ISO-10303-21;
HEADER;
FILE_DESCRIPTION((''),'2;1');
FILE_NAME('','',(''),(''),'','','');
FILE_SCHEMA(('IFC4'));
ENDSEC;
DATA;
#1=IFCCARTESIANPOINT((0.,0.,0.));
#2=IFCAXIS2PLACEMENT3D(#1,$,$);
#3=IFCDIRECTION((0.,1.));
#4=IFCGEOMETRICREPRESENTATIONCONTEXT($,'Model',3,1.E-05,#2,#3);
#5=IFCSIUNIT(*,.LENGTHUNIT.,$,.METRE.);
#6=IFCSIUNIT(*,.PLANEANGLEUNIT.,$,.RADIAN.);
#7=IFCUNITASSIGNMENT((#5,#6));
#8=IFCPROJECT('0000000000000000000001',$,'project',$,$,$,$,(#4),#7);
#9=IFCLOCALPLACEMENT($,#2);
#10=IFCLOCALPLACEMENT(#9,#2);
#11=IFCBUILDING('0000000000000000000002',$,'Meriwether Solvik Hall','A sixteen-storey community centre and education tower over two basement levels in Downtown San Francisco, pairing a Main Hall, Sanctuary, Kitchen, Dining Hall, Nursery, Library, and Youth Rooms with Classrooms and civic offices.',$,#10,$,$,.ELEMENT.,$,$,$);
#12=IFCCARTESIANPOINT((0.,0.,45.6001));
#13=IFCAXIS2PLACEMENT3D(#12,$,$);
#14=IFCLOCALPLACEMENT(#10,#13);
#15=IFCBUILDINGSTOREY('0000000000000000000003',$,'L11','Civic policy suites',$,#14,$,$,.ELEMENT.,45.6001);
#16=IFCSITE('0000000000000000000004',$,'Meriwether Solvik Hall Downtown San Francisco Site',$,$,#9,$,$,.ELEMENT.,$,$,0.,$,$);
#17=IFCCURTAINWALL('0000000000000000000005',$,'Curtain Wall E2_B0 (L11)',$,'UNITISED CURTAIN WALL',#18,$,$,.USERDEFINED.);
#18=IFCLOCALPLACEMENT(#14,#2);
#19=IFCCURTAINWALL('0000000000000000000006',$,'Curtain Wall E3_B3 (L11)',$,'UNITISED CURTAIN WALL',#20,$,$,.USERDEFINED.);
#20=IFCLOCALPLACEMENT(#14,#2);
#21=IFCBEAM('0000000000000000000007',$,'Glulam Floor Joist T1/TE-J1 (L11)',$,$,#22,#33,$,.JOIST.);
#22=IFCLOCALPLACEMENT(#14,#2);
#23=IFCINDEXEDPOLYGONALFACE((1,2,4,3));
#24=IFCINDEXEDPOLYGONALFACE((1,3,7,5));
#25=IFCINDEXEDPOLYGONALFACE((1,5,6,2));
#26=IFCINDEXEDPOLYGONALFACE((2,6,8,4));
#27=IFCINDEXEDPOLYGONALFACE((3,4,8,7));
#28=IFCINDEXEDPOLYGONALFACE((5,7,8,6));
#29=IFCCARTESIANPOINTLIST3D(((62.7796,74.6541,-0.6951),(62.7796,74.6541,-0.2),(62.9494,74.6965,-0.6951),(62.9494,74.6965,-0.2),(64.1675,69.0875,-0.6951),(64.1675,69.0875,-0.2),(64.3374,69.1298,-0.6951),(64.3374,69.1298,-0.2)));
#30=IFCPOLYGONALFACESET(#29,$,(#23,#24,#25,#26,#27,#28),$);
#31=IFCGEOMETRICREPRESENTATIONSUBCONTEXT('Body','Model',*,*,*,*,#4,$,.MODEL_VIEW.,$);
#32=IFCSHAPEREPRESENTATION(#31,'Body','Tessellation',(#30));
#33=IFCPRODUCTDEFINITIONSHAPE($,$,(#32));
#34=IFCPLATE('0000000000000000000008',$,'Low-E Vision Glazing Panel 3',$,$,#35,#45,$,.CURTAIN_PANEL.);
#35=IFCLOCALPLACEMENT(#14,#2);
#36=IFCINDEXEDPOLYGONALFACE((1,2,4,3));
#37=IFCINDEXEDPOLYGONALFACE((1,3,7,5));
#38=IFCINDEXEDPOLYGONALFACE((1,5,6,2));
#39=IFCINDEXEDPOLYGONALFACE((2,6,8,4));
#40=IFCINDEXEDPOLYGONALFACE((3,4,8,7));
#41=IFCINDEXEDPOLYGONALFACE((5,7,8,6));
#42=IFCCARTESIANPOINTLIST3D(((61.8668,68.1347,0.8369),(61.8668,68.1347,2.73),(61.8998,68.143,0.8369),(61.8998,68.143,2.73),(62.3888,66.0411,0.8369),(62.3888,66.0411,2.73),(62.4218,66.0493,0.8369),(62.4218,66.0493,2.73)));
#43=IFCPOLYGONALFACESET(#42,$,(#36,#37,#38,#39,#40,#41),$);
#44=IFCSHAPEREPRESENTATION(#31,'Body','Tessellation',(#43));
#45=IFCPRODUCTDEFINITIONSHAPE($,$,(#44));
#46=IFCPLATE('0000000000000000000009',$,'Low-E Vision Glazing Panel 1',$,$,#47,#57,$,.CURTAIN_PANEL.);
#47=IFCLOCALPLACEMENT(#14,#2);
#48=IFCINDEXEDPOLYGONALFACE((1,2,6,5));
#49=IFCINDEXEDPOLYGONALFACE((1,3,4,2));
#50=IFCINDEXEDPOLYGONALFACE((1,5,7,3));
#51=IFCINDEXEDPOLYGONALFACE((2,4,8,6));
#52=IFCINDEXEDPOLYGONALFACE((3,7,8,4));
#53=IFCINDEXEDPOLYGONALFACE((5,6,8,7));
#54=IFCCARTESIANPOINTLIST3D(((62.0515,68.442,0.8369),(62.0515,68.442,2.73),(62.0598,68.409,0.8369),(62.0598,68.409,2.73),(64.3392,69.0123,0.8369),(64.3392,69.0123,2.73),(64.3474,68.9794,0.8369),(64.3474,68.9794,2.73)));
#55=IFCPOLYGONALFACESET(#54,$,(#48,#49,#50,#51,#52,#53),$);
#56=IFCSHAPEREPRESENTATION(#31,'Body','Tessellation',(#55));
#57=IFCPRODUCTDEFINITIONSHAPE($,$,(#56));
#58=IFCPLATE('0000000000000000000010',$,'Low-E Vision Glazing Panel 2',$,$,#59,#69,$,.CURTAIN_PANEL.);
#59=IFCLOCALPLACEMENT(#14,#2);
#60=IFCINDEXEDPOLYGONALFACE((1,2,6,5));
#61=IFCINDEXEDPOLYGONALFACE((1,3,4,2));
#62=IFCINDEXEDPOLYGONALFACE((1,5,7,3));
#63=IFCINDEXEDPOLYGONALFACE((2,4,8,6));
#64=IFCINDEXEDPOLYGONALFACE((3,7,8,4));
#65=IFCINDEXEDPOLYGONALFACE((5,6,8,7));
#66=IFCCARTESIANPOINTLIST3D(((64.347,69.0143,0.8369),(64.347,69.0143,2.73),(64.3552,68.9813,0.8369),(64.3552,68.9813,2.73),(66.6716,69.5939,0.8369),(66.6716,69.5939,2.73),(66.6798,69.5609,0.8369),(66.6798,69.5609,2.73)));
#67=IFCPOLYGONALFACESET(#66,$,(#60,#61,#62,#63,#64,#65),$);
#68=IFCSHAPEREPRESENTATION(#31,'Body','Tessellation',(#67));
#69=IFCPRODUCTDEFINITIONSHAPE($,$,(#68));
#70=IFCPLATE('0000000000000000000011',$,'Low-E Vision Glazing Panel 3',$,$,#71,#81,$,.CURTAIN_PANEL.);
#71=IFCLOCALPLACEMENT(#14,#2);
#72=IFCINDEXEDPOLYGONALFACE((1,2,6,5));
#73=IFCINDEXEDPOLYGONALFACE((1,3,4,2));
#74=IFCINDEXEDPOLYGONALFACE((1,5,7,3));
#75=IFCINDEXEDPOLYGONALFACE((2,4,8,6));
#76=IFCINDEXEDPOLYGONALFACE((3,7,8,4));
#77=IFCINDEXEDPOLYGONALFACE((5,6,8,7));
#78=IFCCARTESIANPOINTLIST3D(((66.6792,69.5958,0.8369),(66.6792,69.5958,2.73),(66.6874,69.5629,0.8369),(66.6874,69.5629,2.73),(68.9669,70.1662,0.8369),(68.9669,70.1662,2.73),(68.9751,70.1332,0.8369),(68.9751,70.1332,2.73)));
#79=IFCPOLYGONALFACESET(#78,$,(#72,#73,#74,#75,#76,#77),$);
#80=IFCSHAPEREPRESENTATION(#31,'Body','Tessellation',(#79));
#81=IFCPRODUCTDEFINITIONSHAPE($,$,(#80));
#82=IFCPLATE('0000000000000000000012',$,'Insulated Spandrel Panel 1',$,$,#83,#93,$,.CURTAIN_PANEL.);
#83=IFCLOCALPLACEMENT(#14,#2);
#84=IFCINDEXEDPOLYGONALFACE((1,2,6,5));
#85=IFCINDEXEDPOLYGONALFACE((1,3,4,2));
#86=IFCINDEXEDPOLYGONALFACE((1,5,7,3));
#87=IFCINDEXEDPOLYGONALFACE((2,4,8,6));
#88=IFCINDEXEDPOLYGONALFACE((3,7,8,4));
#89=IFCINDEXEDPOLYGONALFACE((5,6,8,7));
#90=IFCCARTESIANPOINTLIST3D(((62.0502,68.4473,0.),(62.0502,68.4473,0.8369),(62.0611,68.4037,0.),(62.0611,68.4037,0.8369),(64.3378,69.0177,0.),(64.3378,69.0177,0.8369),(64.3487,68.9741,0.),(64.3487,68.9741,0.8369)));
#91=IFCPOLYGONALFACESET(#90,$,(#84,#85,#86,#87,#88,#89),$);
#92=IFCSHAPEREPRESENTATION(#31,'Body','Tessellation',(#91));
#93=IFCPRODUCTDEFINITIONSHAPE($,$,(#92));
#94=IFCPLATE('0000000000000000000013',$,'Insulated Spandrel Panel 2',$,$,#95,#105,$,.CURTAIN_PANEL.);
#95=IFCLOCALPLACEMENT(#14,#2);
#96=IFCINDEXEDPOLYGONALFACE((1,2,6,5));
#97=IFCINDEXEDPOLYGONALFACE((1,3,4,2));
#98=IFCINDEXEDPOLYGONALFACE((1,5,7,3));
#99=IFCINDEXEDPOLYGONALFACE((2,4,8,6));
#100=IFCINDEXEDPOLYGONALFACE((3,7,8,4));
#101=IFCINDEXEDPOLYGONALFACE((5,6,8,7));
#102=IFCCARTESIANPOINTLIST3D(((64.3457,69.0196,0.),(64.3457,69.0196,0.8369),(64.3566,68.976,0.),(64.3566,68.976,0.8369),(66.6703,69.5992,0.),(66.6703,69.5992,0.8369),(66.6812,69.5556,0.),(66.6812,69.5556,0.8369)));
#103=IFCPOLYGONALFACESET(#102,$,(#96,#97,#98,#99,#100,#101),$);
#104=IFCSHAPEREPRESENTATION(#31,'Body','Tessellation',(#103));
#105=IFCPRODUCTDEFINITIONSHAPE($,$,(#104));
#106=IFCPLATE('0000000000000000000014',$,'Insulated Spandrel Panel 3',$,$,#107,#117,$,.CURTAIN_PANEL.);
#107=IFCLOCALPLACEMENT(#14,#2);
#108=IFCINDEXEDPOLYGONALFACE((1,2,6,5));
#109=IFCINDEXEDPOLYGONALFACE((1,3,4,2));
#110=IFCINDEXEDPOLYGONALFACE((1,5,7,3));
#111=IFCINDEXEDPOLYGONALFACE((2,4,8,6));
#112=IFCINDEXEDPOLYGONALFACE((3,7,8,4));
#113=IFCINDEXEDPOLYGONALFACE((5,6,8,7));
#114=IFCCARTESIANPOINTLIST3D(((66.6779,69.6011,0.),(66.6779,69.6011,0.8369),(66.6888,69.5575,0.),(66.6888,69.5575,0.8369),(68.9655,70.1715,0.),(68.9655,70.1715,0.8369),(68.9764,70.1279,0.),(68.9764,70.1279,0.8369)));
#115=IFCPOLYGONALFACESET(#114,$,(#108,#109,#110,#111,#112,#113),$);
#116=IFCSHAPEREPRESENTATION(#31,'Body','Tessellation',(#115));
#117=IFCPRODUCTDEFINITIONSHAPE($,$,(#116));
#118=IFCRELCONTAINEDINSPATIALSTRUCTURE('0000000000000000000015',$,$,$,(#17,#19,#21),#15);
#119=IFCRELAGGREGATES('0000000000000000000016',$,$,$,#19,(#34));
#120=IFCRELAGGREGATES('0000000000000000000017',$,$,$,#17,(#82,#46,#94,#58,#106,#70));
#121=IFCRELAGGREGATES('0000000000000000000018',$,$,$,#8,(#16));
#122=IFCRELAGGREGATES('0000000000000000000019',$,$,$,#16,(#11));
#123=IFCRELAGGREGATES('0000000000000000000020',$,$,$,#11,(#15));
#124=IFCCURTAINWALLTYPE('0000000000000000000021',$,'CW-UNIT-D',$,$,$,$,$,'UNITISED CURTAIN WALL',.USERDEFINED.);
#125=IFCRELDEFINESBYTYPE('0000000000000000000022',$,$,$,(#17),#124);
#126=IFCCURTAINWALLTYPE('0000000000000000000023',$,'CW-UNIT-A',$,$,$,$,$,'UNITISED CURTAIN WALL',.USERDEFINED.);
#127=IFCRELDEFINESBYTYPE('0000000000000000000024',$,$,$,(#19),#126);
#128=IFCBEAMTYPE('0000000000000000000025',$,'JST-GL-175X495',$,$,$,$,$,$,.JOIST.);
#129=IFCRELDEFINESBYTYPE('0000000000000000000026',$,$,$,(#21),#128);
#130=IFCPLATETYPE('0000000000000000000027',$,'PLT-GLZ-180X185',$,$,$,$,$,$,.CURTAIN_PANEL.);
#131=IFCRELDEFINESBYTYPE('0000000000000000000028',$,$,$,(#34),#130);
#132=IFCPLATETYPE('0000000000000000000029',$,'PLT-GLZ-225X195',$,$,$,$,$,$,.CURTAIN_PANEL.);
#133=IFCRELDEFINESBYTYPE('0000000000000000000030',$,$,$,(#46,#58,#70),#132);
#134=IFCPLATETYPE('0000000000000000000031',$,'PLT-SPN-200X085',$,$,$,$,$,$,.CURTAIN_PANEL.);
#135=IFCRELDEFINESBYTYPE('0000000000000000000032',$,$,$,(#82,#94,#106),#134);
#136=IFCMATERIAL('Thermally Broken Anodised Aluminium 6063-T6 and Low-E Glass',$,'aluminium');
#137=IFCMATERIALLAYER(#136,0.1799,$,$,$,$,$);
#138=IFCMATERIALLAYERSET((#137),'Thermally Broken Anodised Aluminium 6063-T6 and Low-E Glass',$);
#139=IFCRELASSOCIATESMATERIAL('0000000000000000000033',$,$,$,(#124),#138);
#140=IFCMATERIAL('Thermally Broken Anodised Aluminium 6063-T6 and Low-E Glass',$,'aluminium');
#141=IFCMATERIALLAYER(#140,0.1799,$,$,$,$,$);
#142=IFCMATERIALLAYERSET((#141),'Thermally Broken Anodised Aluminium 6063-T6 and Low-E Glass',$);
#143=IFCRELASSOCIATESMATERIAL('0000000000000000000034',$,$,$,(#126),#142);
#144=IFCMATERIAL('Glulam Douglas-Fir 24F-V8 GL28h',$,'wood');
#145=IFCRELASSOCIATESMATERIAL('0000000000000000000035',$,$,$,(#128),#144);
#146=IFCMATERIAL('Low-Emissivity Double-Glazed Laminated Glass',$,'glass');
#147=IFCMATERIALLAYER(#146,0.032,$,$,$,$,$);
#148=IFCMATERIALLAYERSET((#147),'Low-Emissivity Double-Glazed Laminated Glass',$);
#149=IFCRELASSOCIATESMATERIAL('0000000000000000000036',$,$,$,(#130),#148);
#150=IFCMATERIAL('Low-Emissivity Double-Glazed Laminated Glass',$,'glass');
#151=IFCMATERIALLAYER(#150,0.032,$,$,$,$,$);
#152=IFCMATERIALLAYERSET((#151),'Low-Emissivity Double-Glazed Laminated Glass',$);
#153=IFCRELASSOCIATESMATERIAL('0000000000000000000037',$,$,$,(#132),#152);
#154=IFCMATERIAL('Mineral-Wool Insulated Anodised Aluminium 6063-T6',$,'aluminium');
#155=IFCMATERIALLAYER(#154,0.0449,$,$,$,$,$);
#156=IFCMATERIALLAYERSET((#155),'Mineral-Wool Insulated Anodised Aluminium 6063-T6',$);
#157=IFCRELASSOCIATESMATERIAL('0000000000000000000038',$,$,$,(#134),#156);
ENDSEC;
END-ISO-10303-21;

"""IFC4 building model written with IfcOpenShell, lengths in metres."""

from ifc_helpers import new_model, si_unit, direction, frame, origin, origin_2d, place, context, subcontext, project, spatial, rectangle, extrude, material, layer, layer_set, material_profile, profile_set, type_object, element, aggregate, save


model = new_model("IFC4")

# Units and contexts
model_context = context("Model", 3, precision=1e-05, world=origin(), true_north=direction((0.0, 1.0)))
body_context = subcontext(model_context, "Body", "Model", "MODEL_VIEW")
ifc_project = project(units=[si_unit("LENGTHUNIT", "METRE"), si_unit("PLANEANGLEUNIT", "RADIAN")], contexts=[model_context])

# Site, building, storey
site_placement = place(None, origin())
site = spatial("IfcSite", under=ifc_project, at=site_placement, Name="Meriwether Solvik Hall Downtown San Francisco Site", CompositionType="ELEMENT", RefElevation=0.0)
building_placement = place(site_placement, origin())
building = spatial("IfcBuilding", under=site, at=building_placement, Name="Meriwether Solvik Hall", Description="A sixteen-storey community centre and education tower over two basement levels in Downtown San Francisco, pairing a Main Hall, Sanctuary, Kitchen, Dining Hall, Nursery, Library, and Youth Rooms with Classrooms and civic offices.", CompositionType="ELEMENT")
storey_placement = place(building_placement, frame((0.0, 0.0, 45.6001)))
storey = spatial("IfcBuildingStorey", under=building, at=storey_placement, Name="L11", Description="Civic policy suites", CompositionType="ELEMENT", Elevation=45.6001)

# Curtain wall
ifc_material_1 = material(Name="Thermally Broken Anodised Aluminium 6063-T6 and Low-E Glass", Category="aluminium")
ifc_layer_1 = layer(ifc_material_1, 0.1799)
ifc_layer_set_1 = layer_set([ifc_layer_1], Name="Thermally Broken Anodised Aluminium 6063-T6 and Low-E Glass")
curtain_wall_type_1 = type_object("IfcCurtainWallType", Name="CW-UNIT-D", ElementType="UNITISED CURTAIN WALL", PredefinedType="USERDEFINED", material=ifc_layer_set_1)
curtain_wall_1_placement = place(storey_placement, origin())
curtain_wall_1 = element("IfcCurtainWall", 1, at=curtain_wall_1_placement, inside=storey, type_object=curtain_wall_type_1, Name="Curtain Wall E2_B0 (L11)", ObjectType="UNITISED CURTAIN WALL", PredefinedType="USERDEFINED")

# Curtain wall
ifc_material_2 = material(Name="Thermally Broken Anodised Aluminium 6063-T6 and Low-E Glass", Category="aluminium")
ifc_layer_2 = layer(ifc_material_2, 0.1799)
ifc_layer_set_2 = layer_set([ifc_layer_2], Name="Thermally Broken Anodised Aluminium 6063-T6 and Low-E Glass")
curtain_wall_type_2 = type_object("IfcCurtainWallType", Name="CW-UNIT-A", ElementType="UNITISED CURTAIN WALL", PredefinedType="USERDEFINED", material=ifc_layer_set_2)
curtain_wall_2_placement = place(storey_placement, origin())
curtain_wall_2 = element("IfcCurtainWall", 2, at=curtain_wall_2_placement, inside=storey, type_object=curtain_wall_type_2, Name="Curtain Wall E3_B3 (L11)", ObjectType="UNITISED CURTAIN WALL", PredefinedType="USERDEFINED")

# Beam
ifc_material_3 = material(Name="Glulam Douglas-Fir 24F-V8 GL28h", Category="wood")
ifc_material_profile_1 = material_profile(ifc_material_3, rectangle(XDim=0.175, YDim=0.4951, at=origin_2d()), Name="GLJ-175X495")
ifc_profile_set_1 = profile_set([ifc_material_profile_1], Name="Glulam Douglas-Fir 24F-V8 GL28h")
beam_type_1 = type_object("IfcBeamType", Name="JST-GL-175X495", PredefinedType="JOIST", material=ifc_profile_set_1)
beam_1_placement = place(storey_placement, frame((64.2524, 69.1086, -0.4475), z_axis=(-0.241925, 0.970295, 0.0), x_axis=(-0.970295, -0.241925, 0.0)))
element("IfcBeam", 3, at=beam_1_placement, inside=storey, type_object=beam_type_1, Name="Glulam Floor Joist T1/TE-J1 (L11)", PredefinedType="JOIST", context=body_context, shape_type="SweptSolid", body=[
    extrude(rectangle(XDim=0.175, YDim=0.4951, at=origin_2d()), origin(), (0.0, 0.0, 1.0), 5.7371),
])

# Plates
ifc_material_4 = material(Name="Low-Emissivity Double-Glazed Laminated Glass", Category="glass")
ifc_layer_3 = layer(ifc_material_4, 0.032)
ifc_layer_set_3 = layer_set([ifc_layer_3], Name="Low-Emissivity Double-Glazed Laminated Glass")
plate_type_1 = type_object("IfcPlateType", Name="PLT-GLZ-180X185", PredefinedType="CURTAIN_PANEL", material=ifc_layer_set_3)
plate_1_placement = place(storey_placement, frame((62.1443, 67.092, 0.8369), z_axis=(0.0, 0.0, 1.0), x_axis=(-0.241922, 0.970296, 0.0)))
plate_1 = element("IfcPlate", 4, at=plate_1_placement, type_object=plate_type_1, Name="Low-E Vision Glazing Panel 3", PredefinedType="CURTAIN_PANEL", context=body_context, shape_type="SweptSolid", body=[
    extrude(rectangle(XDim=2.1577, YDim=0.0339, at=origin_2d()), origin(), (0.0, 0.0, 1.0), 1.8931),
])
aggregate(curtain_wall_2, [plate_1])
ifc_material_5 = material(Name="Low-Emissivity Double-Glazed Laminated Glass", Category="glass")
ifc_layer_4 = layer(ifc_material_5, 0.032)
ifc_layer_set_4 = layer_set([ifc_layer_4], Name="Low-Emissivity Double-Glazed Laminated Glass")
plate_type_2 = type_object("IfcPlateType", Name="PLT-GLZ-225X195", PredefinedType="CURTAIN_PANEL", material=ifc_layer_set_4)
plate_2_placement = place(storey_placement, frame((63.1995, 68.7107, 0.8369), z_axis=(0.0, 0.0, 1.0), x_axis=(0.970296, 0.241922, 0.0)))
plate_2 = element("IfcPlate", 5, at=plate_2_placement, type_object=plate_type_2, Name="Low-E Vision Glazing Panel 1", PredefinedType="CURTAIN_PANEL", context=body_context, shape_type="SweptSolid", body=[
    extrude(rectangle(XDim=2.3577, YDim=0.0339, at=origin_2d()), origin(), (0.0, 0.0, 1.0), 1.8931),
])
plate_3_placement = place(storey_placement, frame((65.5134, 69.2876, 0.8369), z_axis=(0.0, 0.0, 1.0), x_axis=(0.970296, 0.241922, 0.0)))
plate_3 = element("IfcPlate", 6, at=plate_3_placement, type_object=plate_type_2, Name="Low-E Vision Glazing Panel 2", PredefinedType="CURTAIN_PANEL", context=body_context, shape_type="SweptSolid", body=[
    extrude(rectangle(XDim=2.3958, YDim=0.0339, at=origin_2d()), origin(), (0.0, 0.0, 1.0), 1.8931),
])
plate_4_placement = place(storey_placement, frame((67.8271, 69.8645, 0.8369), z_axis=(0.0, 0.0, 1.0), x_axis=(0.970296, 0.241922, 0.0)))
plate_4 = element("IfcPlate", 7, at=plate_4_placement, type_object=plate_type_2, Name="Low-E Vision Glazing Panel 3", PredefinedType="CURTAIN_PANEL", context=body_context, shape_type="SweptSolid", body=[
    extrude(rectangle(XDim=2.3577, YDim=0.0339, at=origin_2d()), origin(), (0.0, 0.0, 1.0), 1.8931),
])
ifc_material_6 = material(Name="Mineral-Wool Insulated Anodised Aluminium 6063-T6", Category="aluminium")
ifc_layer_5 = layer(ifc_material_6, 0.0449)
ifc_layer_set_5 = layer_set([ifc_layer_5], Name="Mineral-Wool Insulated Anodised Aluminium 6063-T6")
plate_type_3 = type_object("IfcPlateType", Name="PLT-SPN-200X085", PredefinedType="CURTAIN_PANEL", material=ifc_layer_set_5)
plate_5_placement = place(storey_placement, frame((63.1995, 68.7107, 0.0), z_axis=(0.0, 0.0, 1.0), x_axis=(0.970296, 0.241922, 0.0)))
plate_5 = element("IfcPlate", 8, at=plate_5_placement, type_object=plate_type_3, Name="Insulated Spandrel Panel 1", PredefinedType="CURTAIN_PANEL", context=body_context, shape_type="SweptSolid", body=[
    extrude(rectangle(XDim=2.3577, YDim=0.0449, at=origin_2d()), origin(), (0.0, 0.0, 1.0), 0.8369),
])
plate_6_placement = place(storey_placement, frame((65.5134, 69.2876, 0.0), z_axis=(0.0, 0.0, 1.0), x_axis=(0.970296, 0.241922, 0.0)))
plate_6 = element("IfcPlate", 9, at=plate_6_placement, type_object=plate_type_3, Name="Insulated Spandrel Panel 2", PredefinedType="CURTAIN_PANEL", context=body_context, shape_type="SweptSolid", body=[
    extrude(rectangle(XDim=2.3958, YDim=0.0449, at=origin_2d()), origin(), (0.0, 0.0, 1.0), 0.8369),
])
plate_7_placement = place(storey_placement, frame((67.8271, 69.8645, 0.0), z_axis=(0.0, 0.0, 1.0), x_axis=(0.970296, 0.241922, 0.0)))
plate_7 = element("IfcPlate", 10, at=plate_7_placement, type_object=plate_type_3, Name="Insulated Spandrel Panel 3", PredefinedType="CURTAIN_PANEL", context=body_context, shape_type="SweptSolid", body=[
    extrude(rectangle(XDim=2.3577, YDim=0.0449, at=origin_2d()), origin(), (0.0, 0.0, 1.0), 0.8369),
])
aggregate(curtain_wall_1, [plate_5, plate_2, plate_6, plate_3, plate_7, plate_4])

save(model, "model.ifc")
